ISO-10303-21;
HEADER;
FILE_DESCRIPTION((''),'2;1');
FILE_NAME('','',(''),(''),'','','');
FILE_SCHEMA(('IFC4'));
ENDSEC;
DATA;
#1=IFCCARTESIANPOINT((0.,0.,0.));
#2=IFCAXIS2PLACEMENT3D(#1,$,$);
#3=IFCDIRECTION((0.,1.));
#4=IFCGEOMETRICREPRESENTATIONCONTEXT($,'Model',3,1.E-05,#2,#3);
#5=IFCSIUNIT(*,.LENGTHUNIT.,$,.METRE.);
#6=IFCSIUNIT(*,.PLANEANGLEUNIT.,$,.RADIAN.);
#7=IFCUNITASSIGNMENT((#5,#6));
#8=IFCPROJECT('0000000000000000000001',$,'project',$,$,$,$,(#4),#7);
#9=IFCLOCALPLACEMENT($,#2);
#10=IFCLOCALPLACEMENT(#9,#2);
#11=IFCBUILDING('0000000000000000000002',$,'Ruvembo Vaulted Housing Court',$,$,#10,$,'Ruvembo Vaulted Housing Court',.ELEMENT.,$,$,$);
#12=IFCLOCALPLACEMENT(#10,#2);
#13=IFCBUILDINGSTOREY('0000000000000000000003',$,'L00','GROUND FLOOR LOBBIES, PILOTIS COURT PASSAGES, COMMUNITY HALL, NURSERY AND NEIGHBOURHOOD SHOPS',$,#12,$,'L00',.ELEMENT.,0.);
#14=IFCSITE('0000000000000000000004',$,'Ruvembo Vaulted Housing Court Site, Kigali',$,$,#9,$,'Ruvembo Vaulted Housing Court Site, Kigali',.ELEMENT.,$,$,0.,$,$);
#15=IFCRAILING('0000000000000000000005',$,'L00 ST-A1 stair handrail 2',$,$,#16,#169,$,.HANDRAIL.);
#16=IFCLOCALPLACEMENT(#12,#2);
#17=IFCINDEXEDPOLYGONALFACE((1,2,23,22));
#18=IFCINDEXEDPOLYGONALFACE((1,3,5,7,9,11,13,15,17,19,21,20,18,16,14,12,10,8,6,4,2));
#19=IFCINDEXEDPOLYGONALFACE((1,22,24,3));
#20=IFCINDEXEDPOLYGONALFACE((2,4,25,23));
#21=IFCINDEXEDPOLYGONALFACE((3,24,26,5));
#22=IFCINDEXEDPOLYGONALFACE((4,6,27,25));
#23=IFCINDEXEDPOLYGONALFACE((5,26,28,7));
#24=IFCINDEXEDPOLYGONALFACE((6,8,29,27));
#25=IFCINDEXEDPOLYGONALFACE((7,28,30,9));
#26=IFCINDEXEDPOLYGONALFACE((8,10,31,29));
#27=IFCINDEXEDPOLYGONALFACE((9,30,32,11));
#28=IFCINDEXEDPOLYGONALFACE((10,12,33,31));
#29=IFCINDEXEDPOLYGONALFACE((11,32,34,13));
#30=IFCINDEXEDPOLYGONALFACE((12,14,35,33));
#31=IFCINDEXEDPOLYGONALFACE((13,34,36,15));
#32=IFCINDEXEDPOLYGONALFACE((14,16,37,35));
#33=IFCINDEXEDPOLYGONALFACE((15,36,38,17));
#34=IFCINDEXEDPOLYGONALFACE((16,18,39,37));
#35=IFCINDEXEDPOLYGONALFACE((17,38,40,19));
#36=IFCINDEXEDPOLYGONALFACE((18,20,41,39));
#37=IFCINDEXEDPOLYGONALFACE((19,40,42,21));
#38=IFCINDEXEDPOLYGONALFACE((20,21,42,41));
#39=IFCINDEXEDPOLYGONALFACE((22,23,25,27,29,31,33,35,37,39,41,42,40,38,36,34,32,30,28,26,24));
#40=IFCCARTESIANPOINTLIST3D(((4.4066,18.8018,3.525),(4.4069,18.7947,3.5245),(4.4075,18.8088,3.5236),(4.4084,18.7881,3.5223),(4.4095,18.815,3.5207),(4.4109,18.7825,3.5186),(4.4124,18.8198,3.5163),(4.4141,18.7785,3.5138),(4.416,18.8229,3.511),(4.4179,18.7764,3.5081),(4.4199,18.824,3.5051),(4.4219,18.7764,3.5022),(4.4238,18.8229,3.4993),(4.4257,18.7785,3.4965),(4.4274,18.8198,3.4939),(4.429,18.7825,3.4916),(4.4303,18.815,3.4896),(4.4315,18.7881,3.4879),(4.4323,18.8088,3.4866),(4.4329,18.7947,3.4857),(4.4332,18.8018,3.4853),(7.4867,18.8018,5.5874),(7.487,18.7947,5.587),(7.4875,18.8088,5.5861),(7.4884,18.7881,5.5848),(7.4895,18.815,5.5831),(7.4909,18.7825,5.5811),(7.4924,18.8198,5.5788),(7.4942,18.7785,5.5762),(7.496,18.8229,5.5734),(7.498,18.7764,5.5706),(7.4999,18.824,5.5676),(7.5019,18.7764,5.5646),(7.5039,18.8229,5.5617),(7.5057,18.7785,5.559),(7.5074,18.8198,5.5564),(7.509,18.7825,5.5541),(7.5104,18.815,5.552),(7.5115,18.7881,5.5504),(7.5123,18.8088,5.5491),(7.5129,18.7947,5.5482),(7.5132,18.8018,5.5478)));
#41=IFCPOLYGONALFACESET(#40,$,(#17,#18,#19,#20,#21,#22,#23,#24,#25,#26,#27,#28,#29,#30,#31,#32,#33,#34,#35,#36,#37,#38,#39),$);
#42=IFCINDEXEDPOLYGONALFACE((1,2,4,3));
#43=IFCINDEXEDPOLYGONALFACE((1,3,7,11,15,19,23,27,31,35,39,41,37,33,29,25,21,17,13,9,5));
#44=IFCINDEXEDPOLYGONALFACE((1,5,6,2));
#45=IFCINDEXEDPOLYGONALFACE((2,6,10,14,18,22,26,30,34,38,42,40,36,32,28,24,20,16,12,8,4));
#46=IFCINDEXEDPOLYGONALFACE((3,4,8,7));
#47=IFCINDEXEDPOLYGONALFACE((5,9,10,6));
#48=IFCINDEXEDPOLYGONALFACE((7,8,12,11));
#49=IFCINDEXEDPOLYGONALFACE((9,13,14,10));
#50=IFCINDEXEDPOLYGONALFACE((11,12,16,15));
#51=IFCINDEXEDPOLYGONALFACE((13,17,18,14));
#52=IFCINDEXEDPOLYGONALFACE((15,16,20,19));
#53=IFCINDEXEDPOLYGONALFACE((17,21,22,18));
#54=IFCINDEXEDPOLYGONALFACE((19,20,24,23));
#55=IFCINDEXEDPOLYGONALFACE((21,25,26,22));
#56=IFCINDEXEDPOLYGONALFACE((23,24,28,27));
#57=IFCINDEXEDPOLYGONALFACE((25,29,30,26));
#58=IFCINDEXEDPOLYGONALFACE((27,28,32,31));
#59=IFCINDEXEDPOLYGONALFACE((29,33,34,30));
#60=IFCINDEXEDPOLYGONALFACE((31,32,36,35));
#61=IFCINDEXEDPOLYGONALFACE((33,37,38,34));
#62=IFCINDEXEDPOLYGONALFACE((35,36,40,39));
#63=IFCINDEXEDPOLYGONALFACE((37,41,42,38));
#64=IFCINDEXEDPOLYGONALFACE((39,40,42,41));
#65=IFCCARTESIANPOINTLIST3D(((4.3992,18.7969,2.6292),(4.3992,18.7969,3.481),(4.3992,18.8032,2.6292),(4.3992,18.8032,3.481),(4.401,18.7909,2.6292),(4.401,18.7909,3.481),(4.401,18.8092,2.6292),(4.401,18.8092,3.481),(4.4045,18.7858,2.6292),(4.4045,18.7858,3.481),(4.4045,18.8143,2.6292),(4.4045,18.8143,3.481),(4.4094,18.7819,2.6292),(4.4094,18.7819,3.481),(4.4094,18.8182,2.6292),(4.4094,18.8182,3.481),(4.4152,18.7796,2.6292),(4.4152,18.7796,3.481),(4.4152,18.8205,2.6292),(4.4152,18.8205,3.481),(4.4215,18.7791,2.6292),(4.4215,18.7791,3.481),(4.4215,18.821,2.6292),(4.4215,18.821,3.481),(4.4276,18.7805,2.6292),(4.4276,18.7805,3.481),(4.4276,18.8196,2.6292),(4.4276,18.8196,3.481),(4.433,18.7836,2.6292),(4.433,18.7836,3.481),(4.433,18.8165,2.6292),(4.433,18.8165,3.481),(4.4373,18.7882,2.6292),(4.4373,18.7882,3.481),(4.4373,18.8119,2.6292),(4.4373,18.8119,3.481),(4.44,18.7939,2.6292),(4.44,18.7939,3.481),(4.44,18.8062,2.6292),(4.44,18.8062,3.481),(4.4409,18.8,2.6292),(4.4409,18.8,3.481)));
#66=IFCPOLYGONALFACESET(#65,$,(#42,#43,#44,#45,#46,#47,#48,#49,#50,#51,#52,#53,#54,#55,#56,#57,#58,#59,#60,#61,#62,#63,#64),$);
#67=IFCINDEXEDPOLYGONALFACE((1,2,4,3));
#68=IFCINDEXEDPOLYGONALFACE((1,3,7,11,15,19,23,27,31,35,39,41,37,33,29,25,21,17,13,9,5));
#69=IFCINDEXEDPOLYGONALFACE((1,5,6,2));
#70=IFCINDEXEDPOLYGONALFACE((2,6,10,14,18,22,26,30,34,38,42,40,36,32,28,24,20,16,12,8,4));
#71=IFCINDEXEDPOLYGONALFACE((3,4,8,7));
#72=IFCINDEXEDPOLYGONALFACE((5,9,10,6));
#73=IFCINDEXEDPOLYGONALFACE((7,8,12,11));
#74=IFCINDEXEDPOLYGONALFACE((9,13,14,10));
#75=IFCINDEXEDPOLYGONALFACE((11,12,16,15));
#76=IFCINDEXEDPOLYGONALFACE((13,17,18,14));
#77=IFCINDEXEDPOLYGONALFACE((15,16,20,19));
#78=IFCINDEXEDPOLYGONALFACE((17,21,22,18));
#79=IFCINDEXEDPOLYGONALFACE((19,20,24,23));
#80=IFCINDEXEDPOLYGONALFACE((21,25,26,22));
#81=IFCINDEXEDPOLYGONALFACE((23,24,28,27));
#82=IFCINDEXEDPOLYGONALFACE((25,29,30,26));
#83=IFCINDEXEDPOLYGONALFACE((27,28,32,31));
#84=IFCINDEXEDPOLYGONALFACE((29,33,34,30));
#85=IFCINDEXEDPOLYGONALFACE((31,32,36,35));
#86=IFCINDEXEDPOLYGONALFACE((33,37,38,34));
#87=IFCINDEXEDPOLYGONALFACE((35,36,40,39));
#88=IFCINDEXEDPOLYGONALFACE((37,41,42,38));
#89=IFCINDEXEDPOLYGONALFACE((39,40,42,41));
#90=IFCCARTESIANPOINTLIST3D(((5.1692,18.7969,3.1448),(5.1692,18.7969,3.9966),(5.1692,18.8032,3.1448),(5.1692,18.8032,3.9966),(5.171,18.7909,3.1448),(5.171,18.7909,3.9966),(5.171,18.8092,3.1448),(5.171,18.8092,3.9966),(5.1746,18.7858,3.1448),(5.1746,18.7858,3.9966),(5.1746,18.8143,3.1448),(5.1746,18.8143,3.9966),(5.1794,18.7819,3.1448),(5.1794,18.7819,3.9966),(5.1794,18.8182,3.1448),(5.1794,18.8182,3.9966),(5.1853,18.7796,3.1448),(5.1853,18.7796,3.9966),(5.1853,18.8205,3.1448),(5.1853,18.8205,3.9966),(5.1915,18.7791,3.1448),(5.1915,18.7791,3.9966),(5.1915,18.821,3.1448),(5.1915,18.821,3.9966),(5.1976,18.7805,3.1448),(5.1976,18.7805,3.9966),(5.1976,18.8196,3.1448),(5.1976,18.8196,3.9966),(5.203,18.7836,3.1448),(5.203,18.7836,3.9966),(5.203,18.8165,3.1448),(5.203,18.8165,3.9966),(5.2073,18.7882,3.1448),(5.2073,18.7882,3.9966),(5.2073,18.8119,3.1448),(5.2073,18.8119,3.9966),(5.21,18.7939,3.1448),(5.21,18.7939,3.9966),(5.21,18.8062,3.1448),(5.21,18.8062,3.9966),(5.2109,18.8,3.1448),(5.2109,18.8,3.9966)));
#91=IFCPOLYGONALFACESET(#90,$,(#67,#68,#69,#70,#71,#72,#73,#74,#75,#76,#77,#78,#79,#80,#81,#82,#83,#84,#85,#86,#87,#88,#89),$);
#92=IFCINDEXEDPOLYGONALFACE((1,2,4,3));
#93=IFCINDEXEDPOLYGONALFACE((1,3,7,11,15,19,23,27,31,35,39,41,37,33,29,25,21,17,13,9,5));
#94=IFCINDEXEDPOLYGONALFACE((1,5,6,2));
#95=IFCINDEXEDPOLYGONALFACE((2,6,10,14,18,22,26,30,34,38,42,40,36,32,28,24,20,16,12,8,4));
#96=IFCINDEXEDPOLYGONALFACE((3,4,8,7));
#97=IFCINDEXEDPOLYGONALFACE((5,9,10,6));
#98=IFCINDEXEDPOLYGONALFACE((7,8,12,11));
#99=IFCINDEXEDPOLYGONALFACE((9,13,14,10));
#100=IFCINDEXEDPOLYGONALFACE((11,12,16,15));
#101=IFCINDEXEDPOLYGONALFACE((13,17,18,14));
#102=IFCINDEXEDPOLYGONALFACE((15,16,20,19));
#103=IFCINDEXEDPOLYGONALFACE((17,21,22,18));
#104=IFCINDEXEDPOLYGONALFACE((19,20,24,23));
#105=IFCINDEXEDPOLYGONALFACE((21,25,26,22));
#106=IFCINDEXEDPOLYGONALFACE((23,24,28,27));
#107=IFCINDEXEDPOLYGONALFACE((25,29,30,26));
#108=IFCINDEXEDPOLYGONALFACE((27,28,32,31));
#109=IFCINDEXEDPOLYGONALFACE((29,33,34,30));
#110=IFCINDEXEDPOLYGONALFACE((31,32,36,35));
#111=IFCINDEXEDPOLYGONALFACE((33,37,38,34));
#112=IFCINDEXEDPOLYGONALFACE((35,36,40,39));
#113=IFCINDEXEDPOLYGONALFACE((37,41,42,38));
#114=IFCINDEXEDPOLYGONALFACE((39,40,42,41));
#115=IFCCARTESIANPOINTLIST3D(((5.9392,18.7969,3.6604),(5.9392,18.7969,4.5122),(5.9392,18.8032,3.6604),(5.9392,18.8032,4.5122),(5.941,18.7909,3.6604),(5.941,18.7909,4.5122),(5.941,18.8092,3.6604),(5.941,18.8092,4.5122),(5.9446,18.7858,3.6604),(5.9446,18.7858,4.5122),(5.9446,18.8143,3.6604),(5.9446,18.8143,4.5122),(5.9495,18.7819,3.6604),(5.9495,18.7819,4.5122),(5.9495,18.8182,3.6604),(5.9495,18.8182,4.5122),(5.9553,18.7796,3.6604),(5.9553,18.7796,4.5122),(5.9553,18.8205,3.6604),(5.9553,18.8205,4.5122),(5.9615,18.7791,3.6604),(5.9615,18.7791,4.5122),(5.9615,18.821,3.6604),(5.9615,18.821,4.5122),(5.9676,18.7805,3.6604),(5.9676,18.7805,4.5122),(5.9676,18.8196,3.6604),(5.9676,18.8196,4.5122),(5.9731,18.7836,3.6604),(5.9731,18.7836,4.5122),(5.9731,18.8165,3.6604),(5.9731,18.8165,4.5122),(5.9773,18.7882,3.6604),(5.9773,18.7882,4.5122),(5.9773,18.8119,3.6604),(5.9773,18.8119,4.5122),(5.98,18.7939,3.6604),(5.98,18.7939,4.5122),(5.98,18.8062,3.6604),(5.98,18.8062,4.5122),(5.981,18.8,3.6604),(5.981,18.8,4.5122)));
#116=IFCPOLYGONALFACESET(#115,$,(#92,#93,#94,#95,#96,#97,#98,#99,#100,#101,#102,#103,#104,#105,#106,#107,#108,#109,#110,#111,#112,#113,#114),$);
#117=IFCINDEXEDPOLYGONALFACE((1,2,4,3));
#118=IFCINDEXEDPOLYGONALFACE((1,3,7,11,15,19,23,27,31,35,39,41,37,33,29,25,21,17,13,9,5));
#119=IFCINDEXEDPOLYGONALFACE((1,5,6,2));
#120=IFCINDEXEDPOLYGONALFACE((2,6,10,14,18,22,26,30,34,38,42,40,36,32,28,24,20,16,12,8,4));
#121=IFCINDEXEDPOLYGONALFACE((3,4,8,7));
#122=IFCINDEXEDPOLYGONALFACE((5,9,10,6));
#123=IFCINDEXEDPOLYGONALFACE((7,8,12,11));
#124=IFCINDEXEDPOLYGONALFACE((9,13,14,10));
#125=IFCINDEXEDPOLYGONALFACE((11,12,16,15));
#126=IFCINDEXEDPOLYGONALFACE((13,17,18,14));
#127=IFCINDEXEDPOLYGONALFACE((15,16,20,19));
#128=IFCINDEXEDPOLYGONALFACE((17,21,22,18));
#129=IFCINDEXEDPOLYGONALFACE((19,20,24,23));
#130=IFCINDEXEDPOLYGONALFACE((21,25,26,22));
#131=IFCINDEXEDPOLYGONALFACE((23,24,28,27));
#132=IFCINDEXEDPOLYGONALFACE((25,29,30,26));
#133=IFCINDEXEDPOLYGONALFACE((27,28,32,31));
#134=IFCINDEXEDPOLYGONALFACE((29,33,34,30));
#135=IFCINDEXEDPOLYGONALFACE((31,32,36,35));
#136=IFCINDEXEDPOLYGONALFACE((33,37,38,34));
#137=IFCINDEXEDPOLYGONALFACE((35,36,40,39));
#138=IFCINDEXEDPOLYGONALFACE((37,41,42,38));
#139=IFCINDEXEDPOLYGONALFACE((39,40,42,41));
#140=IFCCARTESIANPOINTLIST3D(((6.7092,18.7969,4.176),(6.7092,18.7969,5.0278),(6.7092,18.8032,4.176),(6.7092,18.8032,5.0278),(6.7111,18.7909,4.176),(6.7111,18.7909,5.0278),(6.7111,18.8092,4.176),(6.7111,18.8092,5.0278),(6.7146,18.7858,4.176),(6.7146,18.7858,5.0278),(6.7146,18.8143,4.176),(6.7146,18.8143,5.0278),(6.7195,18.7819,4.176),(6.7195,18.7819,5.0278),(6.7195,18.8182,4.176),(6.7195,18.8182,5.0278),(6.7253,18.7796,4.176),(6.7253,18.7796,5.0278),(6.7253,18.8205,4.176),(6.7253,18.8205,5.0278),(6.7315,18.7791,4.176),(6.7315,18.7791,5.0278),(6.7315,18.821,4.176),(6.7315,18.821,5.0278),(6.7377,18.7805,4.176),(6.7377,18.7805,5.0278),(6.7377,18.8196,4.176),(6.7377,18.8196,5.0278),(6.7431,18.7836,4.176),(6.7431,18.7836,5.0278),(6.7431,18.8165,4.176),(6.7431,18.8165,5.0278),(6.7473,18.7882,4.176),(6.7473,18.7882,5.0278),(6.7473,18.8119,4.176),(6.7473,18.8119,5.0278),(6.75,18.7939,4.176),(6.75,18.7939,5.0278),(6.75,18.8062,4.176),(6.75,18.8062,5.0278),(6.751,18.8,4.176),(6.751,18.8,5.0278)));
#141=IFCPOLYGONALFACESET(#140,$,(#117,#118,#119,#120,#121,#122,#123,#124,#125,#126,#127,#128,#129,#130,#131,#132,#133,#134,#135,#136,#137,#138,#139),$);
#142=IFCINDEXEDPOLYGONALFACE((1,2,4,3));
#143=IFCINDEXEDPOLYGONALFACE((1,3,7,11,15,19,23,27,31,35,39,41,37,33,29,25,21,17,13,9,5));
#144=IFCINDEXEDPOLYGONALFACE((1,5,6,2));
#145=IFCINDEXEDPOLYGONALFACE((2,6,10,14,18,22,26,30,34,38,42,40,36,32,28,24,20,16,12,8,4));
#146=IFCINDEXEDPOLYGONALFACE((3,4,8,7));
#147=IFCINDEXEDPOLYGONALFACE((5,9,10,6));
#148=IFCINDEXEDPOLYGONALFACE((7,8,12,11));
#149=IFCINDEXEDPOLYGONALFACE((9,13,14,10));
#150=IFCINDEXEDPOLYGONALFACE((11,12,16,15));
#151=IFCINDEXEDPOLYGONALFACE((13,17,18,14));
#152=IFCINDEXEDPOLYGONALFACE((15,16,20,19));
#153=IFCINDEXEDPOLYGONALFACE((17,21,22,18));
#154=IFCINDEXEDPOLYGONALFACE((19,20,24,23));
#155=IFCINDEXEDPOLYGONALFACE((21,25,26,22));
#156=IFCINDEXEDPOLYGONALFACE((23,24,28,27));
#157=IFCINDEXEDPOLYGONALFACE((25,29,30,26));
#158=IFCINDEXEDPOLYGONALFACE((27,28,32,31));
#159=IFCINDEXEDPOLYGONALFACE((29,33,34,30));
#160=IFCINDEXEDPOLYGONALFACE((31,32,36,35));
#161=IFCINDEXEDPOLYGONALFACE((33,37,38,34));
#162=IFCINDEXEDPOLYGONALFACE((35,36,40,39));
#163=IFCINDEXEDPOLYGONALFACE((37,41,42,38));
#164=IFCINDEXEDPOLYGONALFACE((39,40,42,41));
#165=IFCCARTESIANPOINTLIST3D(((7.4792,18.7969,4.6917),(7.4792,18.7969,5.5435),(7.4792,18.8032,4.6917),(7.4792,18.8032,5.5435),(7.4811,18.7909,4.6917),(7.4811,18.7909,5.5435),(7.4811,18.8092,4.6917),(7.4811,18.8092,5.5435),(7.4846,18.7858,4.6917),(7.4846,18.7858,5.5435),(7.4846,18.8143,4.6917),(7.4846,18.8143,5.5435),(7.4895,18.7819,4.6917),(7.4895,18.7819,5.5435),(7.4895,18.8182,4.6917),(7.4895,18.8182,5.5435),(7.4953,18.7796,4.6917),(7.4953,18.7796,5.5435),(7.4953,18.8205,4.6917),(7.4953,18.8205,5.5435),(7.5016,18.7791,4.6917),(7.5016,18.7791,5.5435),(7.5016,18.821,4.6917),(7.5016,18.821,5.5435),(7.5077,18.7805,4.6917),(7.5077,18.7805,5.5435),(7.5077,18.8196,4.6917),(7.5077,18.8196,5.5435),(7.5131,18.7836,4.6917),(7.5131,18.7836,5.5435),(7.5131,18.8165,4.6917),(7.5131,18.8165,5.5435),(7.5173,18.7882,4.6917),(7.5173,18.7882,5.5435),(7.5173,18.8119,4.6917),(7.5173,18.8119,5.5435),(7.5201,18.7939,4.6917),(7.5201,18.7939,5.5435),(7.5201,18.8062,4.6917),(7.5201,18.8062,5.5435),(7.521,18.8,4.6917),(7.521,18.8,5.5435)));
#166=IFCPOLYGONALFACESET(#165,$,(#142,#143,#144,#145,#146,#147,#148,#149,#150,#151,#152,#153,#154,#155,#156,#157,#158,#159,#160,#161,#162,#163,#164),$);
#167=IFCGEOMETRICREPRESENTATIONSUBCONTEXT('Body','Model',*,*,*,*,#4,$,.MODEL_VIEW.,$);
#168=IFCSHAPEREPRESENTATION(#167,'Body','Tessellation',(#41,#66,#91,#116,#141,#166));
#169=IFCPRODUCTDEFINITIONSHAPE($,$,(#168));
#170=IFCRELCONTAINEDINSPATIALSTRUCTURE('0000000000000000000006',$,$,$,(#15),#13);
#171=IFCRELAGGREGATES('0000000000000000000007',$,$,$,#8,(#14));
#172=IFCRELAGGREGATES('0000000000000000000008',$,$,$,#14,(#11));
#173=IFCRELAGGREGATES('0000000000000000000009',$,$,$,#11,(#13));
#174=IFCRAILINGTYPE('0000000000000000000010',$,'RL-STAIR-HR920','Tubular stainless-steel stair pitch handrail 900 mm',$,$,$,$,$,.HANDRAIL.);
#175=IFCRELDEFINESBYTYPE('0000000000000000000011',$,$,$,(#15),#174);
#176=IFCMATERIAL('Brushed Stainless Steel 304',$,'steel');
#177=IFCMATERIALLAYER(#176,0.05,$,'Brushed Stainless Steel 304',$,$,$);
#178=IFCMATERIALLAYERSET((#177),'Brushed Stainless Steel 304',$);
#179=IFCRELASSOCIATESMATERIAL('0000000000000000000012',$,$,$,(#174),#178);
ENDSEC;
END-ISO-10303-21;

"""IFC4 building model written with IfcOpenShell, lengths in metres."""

from ifc_helpers import new_model, si_unit, direction, frame, origin, origin_2d, place, context, subcontext, project, spatial, circle, extrude, material, layer, layer_set, type_object, element, save


model = new_model("IFC4")

# Units and contexts
model_context = context("Model", 3, precision=1e-05, world=origin(), true_north=direction((0.0, 1.0)))
body_context = subcontext(model_context, "Body", "Model", "MODEL_VIEW")
ifc_project = project(units=[si_unit("LENGTHUNIT", "METRE"), si_unit("PLANEANGLEUNIT", "RADIAN")], contexts=[model_context])

# Site, building, storey
site_placement = place(None, origin())
site = spatial("IfcSite", under=ifc_project, at=site_placement, Name="Ruvembo Vaulted Housing Court Site, Kigali", LongName="Ruvembo Vaulted Housing Court Site, Kigali", CompositionType="ELEMENT", RefElevation=0.0)
building_placement = place(site_placement, origin())
building = spatial("IfcBuilding", under=site, at=building_placement, Name="Ruvembo Vaulted Housing Court", LongName="Ruvembo Vaulted Housing Court", CompositionType="ELEMENT")
storey_placement = place(building_placement, origin())
storey = spatial("IfcBuildingStorey", under=building, at=storey_placement, Name="L00", Description="GROUND FLOOR LOBBIES, PILOTIS COURT PASSAGES, COMMUNITY HALL, NURSERY AND NEIGHBOURHOOD SHOPS", LongName="L00", CompositionType="ELEMENT", Elevation=0.0)

# Railing
ifc_material_1 = material(Name="Brushed Stainless Steel 304", Category="steel")
ifc_layer_1 = layer(ifc_material_1, 0.05, Name="Brushed Stainless Steel 304")
ifc_layer_set_1 = layer_set([ifc_layer_1], Name="Brushed Stainless Steel 304")
railing_type_1 = type_object("IfcRailingType", Name="RL-STAIR-HR920", Description="Tubular stainless-steel stair pitch handrail 900 mm", PredefinedType="HANDRAIL", material=ifc_layer_set_1)
railing_1_placement = place(storey_placement, frame((4.4199, 18.8, 2.6292)))
element("IfcRailing", 1, at=railing_1_placement, inside=storey, type_object=railing_type_1, Name="L00 ST-A1 stair handrail 2", PredefinedType="HANDRAIL", context=body_context, shape_type="SweptSolid", body=[
    extrude(circle(Radius=0.0239, at=origin_2d()), frame((0.0, 0.0, 0.876), z_axis=(0.830914, 0.0, 0.556401), x_axis=(0.0, 1.0, 0.0)), (0.0, 0.0, 1.0), 3.7068),
    extrude(circle(Radius=0.021, at=origin_2d()), origin(), (0.0, 0.0, 1.0), 0.8518),
    extrude(circle(Radius=0.021, at=origin_2d()), frame((0.77, 0.0, 0.5156)), (0.0, 0.0, 1.0), 0.8518),
    extrude(circle(Radius=0.021, at=origin_2d()), frame((1.54, 0.0, 1.0312)), (0.0, 0.0, 1.0), 0.8518),
    extrude(circle(Radius=0.021, at=origin_2d()), frame((2.3101, 0.0, 1.5469)), (0.0, 0.0, 1.0), 0.8518),
    extrude(circle(Radius=0.021, at=origin_2d()), frame((3.0801, 0.0, 2.0625)), (0.0, 0.0, 1.0), 0.8518),
])

save(model, "model.ifc")
